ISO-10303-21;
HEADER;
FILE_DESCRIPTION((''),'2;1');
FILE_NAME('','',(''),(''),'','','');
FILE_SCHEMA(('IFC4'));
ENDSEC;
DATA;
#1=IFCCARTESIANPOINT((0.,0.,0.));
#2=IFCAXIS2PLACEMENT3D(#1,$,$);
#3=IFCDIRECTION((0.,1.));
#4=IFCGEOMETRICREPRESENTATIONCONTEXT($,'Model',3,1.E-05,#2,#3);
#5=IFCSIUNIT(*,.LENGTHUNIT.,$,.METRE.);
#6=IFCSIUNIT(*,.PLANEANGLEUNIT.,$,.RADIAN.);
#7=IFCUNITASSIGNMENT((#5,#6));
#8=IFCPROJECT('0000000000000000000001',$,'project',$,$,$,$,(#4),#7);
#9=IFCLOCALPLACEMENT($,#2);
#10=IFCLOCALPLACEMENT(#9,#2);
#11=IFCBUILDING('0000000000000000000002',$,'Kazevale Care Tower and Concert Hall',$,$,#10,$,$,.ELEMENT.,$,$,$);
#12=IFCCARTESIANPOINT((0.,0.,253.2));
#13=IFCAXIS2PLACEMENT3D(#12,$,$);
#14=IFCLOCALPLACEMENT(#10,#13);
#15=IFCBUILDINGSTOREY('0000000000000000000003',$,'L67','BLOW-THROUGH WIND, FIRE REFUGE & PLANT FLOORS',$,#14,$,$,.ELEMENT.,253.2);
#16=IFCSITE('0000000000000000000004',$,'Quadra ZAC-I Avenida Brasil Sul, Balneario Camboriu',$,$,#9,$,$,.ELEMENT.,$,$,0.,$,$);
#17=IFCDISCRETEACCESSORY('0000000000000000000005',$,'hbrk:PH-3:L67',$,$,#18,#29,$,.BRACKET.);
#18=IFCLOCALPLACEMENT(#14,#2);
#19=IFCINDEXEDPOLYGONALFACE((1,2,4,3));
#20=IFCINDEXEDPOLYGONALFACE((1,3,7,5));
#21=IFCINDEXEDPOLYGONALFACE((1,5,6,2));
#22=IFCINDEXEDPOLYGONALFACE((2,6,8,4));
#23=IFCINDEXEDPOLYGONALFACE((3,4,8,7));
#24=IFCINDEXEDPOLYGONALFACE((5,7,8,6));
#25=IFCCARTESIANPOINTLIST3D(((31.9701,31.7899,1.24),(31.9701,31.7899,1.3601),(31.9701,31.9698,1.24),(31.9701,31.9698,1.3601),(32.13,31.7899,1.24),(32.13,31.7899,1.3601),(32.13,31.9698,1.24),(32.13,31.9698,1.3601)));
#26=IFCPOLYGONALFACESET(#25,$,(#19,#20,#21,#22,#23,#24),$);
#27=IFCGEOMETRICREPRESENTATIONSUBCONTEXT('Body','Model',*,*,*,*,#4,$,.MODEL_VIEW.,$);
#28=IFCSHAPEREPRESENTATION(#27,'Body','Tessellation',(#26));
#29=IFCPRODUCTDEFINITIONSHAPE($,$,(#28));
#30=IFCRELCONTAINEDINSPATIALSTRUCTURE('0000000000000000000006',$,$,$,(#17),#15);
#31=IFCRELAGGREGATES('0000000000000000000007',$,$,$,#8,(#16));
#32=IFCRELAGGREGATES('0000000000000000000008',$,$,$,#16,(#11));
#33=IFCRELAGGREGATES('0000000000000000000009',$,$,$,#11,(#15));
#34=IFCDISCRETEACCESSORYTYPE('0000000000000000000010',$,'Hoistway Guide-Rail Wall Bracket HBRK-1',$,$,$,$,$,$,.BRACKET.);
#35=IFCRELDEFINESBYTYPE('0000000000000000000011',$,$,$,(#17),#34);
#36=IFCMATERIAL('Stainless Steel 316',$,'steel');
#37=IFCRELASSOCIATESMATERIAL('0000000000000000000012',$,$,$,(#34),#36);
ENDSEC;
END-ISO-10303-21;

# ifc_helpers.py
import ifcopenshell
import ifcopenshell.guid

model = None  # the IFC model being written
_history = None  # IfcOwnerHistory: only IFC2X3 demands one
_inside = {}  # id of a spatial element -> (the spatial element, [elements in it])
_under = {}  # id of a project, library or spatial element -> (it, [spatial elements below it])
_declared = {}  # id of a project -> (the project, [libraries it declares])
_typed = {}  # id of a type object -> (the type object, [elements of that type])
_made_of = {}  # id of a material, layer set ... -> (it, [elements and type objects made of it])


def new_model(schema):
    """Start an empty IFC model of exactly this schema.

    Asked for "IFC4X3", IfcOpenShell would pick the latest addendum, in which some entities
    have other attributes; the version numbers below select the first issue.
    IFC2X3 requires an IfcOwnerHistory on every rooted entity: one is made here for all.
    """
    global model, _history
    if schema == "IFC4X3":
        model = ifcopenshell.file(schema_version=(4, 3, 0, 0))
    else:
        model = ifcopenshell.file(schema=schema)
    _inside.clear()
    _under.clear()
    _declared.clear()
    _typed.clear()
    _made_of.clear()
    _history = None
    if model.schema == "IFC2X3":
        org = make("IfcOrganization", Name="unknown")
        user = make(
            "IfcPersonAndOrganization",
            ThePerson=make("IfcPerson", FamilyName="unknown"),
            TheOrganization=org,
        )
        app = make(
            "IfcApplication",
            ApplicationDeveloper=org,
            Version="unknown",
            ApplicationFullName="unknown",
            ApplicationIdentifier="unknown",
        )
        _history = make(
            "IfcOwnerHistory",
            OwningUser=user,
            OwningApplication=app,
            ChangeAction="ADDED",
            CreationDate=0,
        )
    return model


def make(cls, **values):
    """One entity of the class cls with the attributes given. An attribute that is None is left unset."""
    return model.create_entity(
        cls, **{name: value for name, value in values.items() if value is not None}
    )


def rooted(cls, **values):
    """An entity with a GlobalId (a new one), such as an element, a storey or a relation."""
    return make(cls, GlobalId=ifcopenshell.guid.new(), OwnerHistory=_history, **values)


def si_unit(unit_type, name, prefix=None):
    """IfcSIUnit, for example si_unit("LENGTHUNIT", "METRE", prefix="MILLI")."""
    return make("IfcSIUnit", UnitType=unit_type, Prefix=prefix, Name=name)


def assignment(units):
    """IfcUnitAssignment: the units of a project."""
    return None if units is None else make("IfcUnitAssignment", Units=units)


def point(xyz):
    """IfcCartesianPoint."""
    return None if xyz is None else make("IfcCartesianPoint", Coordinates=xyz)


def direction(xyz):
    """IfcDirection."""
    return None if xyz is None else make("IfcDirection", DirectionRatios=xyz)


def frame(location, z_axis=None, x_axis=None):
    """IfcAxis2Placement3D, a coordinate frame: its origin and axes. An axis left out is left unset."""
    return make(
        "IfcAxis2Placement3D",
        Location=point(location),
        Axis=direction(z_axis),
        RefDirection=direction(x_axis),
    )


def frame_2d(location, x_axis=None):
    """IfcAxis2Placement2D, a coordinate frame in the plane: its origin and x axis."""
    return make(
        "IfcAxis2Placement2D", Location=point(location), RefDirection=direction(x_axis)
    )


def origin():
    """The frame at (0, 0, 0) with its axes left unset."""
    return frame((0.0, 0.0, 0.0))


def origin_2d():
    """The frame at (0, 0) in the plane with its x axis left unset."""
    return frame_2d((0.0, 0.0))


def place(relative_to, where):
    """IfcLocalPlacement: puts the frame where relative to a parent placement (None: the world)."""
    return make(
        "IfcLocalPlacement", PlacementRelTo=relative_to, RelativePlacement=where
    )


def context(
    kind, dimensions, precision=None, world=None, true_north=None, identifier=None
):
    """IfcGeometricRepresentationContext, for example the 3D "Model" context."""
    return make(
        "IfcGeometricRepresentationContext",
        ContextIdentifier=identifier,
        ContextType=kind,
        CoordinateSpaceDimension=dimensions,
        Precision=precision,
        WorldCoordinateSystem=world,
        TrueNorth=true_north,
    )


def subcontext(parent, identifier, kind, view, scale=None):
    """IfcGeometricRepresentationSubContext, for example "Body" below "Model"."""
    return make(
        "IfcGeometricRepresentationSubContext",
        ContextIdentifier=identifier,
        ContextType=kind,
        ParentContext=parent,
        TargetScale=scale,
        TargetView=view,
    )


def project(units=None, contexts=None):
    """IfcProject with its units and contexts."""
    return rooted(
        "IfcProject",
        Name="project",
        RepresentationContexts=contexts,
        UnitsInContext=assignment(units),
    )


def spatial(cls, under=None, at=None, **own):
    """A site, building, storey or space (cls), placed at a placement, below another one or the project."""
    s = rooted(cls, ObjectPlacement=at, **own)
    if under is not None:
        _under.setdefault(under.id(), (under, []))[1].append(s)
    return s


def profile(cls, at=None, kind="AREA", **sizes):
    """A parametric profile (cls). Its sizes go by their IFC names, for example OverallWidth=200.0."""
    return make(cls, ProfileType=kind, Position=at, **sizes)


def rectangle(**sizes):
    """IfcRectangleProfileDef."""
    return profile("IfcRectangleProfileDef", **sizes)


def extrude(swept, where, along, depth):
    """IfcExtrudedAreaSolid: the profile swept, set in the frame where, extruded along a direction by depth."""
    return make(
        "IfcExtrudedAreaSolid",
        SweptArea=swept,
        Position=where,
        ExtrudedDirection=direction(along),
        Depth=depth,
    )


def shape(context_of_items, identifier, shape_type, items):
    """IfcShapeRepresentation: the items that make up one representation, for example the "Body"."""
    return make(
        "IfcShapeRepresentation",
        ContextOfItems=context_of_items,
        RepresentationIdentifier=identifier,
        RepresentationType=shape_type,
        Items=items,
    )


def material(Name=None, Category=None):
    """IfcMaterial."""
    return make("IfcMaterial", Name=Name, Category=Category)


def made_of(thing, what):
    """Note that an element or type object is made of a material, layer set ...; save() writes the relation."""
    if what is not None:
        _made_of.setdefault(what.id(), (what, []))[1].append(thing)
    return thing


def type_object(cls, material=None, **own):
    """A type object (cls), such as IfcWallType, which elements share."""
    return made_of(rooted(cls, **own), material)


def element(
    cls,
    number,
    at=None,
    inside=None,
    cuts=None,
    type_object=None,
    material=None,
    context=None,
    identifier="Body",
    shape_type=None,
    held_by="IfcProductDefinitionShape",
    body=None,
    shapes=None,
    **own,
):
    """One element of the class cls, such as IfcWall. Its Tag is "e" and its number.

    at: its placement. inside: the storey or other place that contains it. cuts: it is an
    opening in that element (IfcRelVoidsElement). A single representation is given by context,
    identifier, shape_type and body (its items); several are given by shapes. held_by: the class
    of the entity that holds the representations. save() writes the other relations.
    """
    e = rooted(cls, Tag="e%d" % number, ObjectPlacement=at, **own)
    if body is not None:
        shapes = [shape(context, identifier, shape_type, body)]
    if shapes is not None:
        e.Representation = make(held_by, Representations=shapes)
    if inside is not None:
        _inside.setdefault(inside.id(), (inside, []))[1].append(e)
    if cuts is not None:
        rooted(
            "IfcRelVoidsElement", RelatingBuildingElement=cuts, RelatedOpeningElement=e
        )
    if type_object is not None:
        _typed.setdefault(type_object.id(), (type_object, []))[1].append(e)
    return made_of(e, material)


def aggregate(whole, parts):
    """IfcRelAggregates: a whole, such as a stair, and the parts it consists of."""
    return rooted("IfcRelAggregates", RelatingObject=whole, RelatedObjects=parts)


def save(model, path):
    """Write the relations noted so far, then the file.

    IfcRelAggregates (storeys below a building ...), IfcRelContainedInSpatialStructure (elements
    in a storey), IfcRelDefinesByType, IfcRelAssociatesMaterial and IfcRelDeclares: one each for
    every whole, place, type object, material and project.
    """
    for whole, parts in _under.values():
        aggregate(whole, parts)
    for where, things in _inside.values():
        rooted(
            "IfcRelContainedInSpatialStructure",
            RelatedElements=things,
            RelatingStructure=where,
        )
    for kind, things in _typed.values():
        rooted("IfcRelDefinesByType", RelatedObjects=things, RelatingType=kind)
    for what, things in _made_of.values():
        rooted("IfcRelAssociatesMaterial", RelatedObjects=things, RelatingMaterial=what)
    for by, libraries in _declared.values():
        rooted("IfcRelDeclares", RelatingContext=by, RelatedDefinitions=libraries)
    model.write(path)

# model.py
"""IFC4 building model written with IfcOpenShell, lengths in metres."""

from ifc_helpers import new_model, si_unit, direction, frame, origin, origin_2d, place, context, subcontext, project, spatial, rectangle, extrude, material, type_object, element, save


model = new_model("IFC4")

# Units and contexts
model_context = context("Model", 3, precision=1e-05, world=origin(), true_north=direction((0.0, 1.0)))
body_context = subcontext(model_context, "Body", "Model", "MODEL_VIEW")
ifc_project = project(units=[si_unit("LENGTHUNIT", "METRE"), si_unit("PLANEANGLEUNIT", "RADIAN")], contexts=[model_context])

# Site, building, storey
site_placement = place(None, origin())
site = spatial("IfcSite", under=ifc_project, at=site_placement, Name="Quadra ZAC-I Avenida Brasil Sul, Balneario Camboriu", CompositionType="ELEMENT", RefElevation=0.0)
building_placement = place(site_placement, origin())
building = spatial("IfcBuilding", under=site, at=building_placement, Name="Kazevale Care Tower and Concert Hall", CompositionType="ELEMENT")
storey_placement = place(building_placement, frame((0.0, 0.0, 253.2)))
storey = spatial("IfcBuildingStorey", under=building, at=storey_placement, Name="L67", Description="BLOW-THROUGH WIND, FIRE REFUGE & PLANT FLOORS", CompositionType="ELEMENT", Elevation=253.2)

# Shared definitions
ifc_material_1 = material(Name="Stainless Steel 316", Category="steel")

# Discrete accessory
discrete_accessory_type = type_object("IfcDiscreteAccessoryType", Name="Hoistway Guide-Rail Wall Bracket HBRK-1", PredefinedType="BRACKET", material=ifc_material_1)
for number, where, z_axis, x_axis, name in (
    (1, (32.05, 31.8799, 1.24), (0.0, 0.0, 1.0), (1.0, 0.0, 0.0), "hbrk:PH-3:L67"),
):
    element("IfcDiscreteAccessory", number, at=place(storey_placement, frame(where, z_axis=z_axis, x_axis=x_axis)), inside=storey, type_object=discrete_accessory_type, Name=name, PredefinedType="BRACKET", context=body_context, shape_type="SweptSolid", body=[
        extrude(rectangle(XDim=0.1599, YDim=0.1799, at=origin_2d()), origin(), (0.0, 0.0, 1.0), 0.1201),
    ])

save(model, "model.ifc")
